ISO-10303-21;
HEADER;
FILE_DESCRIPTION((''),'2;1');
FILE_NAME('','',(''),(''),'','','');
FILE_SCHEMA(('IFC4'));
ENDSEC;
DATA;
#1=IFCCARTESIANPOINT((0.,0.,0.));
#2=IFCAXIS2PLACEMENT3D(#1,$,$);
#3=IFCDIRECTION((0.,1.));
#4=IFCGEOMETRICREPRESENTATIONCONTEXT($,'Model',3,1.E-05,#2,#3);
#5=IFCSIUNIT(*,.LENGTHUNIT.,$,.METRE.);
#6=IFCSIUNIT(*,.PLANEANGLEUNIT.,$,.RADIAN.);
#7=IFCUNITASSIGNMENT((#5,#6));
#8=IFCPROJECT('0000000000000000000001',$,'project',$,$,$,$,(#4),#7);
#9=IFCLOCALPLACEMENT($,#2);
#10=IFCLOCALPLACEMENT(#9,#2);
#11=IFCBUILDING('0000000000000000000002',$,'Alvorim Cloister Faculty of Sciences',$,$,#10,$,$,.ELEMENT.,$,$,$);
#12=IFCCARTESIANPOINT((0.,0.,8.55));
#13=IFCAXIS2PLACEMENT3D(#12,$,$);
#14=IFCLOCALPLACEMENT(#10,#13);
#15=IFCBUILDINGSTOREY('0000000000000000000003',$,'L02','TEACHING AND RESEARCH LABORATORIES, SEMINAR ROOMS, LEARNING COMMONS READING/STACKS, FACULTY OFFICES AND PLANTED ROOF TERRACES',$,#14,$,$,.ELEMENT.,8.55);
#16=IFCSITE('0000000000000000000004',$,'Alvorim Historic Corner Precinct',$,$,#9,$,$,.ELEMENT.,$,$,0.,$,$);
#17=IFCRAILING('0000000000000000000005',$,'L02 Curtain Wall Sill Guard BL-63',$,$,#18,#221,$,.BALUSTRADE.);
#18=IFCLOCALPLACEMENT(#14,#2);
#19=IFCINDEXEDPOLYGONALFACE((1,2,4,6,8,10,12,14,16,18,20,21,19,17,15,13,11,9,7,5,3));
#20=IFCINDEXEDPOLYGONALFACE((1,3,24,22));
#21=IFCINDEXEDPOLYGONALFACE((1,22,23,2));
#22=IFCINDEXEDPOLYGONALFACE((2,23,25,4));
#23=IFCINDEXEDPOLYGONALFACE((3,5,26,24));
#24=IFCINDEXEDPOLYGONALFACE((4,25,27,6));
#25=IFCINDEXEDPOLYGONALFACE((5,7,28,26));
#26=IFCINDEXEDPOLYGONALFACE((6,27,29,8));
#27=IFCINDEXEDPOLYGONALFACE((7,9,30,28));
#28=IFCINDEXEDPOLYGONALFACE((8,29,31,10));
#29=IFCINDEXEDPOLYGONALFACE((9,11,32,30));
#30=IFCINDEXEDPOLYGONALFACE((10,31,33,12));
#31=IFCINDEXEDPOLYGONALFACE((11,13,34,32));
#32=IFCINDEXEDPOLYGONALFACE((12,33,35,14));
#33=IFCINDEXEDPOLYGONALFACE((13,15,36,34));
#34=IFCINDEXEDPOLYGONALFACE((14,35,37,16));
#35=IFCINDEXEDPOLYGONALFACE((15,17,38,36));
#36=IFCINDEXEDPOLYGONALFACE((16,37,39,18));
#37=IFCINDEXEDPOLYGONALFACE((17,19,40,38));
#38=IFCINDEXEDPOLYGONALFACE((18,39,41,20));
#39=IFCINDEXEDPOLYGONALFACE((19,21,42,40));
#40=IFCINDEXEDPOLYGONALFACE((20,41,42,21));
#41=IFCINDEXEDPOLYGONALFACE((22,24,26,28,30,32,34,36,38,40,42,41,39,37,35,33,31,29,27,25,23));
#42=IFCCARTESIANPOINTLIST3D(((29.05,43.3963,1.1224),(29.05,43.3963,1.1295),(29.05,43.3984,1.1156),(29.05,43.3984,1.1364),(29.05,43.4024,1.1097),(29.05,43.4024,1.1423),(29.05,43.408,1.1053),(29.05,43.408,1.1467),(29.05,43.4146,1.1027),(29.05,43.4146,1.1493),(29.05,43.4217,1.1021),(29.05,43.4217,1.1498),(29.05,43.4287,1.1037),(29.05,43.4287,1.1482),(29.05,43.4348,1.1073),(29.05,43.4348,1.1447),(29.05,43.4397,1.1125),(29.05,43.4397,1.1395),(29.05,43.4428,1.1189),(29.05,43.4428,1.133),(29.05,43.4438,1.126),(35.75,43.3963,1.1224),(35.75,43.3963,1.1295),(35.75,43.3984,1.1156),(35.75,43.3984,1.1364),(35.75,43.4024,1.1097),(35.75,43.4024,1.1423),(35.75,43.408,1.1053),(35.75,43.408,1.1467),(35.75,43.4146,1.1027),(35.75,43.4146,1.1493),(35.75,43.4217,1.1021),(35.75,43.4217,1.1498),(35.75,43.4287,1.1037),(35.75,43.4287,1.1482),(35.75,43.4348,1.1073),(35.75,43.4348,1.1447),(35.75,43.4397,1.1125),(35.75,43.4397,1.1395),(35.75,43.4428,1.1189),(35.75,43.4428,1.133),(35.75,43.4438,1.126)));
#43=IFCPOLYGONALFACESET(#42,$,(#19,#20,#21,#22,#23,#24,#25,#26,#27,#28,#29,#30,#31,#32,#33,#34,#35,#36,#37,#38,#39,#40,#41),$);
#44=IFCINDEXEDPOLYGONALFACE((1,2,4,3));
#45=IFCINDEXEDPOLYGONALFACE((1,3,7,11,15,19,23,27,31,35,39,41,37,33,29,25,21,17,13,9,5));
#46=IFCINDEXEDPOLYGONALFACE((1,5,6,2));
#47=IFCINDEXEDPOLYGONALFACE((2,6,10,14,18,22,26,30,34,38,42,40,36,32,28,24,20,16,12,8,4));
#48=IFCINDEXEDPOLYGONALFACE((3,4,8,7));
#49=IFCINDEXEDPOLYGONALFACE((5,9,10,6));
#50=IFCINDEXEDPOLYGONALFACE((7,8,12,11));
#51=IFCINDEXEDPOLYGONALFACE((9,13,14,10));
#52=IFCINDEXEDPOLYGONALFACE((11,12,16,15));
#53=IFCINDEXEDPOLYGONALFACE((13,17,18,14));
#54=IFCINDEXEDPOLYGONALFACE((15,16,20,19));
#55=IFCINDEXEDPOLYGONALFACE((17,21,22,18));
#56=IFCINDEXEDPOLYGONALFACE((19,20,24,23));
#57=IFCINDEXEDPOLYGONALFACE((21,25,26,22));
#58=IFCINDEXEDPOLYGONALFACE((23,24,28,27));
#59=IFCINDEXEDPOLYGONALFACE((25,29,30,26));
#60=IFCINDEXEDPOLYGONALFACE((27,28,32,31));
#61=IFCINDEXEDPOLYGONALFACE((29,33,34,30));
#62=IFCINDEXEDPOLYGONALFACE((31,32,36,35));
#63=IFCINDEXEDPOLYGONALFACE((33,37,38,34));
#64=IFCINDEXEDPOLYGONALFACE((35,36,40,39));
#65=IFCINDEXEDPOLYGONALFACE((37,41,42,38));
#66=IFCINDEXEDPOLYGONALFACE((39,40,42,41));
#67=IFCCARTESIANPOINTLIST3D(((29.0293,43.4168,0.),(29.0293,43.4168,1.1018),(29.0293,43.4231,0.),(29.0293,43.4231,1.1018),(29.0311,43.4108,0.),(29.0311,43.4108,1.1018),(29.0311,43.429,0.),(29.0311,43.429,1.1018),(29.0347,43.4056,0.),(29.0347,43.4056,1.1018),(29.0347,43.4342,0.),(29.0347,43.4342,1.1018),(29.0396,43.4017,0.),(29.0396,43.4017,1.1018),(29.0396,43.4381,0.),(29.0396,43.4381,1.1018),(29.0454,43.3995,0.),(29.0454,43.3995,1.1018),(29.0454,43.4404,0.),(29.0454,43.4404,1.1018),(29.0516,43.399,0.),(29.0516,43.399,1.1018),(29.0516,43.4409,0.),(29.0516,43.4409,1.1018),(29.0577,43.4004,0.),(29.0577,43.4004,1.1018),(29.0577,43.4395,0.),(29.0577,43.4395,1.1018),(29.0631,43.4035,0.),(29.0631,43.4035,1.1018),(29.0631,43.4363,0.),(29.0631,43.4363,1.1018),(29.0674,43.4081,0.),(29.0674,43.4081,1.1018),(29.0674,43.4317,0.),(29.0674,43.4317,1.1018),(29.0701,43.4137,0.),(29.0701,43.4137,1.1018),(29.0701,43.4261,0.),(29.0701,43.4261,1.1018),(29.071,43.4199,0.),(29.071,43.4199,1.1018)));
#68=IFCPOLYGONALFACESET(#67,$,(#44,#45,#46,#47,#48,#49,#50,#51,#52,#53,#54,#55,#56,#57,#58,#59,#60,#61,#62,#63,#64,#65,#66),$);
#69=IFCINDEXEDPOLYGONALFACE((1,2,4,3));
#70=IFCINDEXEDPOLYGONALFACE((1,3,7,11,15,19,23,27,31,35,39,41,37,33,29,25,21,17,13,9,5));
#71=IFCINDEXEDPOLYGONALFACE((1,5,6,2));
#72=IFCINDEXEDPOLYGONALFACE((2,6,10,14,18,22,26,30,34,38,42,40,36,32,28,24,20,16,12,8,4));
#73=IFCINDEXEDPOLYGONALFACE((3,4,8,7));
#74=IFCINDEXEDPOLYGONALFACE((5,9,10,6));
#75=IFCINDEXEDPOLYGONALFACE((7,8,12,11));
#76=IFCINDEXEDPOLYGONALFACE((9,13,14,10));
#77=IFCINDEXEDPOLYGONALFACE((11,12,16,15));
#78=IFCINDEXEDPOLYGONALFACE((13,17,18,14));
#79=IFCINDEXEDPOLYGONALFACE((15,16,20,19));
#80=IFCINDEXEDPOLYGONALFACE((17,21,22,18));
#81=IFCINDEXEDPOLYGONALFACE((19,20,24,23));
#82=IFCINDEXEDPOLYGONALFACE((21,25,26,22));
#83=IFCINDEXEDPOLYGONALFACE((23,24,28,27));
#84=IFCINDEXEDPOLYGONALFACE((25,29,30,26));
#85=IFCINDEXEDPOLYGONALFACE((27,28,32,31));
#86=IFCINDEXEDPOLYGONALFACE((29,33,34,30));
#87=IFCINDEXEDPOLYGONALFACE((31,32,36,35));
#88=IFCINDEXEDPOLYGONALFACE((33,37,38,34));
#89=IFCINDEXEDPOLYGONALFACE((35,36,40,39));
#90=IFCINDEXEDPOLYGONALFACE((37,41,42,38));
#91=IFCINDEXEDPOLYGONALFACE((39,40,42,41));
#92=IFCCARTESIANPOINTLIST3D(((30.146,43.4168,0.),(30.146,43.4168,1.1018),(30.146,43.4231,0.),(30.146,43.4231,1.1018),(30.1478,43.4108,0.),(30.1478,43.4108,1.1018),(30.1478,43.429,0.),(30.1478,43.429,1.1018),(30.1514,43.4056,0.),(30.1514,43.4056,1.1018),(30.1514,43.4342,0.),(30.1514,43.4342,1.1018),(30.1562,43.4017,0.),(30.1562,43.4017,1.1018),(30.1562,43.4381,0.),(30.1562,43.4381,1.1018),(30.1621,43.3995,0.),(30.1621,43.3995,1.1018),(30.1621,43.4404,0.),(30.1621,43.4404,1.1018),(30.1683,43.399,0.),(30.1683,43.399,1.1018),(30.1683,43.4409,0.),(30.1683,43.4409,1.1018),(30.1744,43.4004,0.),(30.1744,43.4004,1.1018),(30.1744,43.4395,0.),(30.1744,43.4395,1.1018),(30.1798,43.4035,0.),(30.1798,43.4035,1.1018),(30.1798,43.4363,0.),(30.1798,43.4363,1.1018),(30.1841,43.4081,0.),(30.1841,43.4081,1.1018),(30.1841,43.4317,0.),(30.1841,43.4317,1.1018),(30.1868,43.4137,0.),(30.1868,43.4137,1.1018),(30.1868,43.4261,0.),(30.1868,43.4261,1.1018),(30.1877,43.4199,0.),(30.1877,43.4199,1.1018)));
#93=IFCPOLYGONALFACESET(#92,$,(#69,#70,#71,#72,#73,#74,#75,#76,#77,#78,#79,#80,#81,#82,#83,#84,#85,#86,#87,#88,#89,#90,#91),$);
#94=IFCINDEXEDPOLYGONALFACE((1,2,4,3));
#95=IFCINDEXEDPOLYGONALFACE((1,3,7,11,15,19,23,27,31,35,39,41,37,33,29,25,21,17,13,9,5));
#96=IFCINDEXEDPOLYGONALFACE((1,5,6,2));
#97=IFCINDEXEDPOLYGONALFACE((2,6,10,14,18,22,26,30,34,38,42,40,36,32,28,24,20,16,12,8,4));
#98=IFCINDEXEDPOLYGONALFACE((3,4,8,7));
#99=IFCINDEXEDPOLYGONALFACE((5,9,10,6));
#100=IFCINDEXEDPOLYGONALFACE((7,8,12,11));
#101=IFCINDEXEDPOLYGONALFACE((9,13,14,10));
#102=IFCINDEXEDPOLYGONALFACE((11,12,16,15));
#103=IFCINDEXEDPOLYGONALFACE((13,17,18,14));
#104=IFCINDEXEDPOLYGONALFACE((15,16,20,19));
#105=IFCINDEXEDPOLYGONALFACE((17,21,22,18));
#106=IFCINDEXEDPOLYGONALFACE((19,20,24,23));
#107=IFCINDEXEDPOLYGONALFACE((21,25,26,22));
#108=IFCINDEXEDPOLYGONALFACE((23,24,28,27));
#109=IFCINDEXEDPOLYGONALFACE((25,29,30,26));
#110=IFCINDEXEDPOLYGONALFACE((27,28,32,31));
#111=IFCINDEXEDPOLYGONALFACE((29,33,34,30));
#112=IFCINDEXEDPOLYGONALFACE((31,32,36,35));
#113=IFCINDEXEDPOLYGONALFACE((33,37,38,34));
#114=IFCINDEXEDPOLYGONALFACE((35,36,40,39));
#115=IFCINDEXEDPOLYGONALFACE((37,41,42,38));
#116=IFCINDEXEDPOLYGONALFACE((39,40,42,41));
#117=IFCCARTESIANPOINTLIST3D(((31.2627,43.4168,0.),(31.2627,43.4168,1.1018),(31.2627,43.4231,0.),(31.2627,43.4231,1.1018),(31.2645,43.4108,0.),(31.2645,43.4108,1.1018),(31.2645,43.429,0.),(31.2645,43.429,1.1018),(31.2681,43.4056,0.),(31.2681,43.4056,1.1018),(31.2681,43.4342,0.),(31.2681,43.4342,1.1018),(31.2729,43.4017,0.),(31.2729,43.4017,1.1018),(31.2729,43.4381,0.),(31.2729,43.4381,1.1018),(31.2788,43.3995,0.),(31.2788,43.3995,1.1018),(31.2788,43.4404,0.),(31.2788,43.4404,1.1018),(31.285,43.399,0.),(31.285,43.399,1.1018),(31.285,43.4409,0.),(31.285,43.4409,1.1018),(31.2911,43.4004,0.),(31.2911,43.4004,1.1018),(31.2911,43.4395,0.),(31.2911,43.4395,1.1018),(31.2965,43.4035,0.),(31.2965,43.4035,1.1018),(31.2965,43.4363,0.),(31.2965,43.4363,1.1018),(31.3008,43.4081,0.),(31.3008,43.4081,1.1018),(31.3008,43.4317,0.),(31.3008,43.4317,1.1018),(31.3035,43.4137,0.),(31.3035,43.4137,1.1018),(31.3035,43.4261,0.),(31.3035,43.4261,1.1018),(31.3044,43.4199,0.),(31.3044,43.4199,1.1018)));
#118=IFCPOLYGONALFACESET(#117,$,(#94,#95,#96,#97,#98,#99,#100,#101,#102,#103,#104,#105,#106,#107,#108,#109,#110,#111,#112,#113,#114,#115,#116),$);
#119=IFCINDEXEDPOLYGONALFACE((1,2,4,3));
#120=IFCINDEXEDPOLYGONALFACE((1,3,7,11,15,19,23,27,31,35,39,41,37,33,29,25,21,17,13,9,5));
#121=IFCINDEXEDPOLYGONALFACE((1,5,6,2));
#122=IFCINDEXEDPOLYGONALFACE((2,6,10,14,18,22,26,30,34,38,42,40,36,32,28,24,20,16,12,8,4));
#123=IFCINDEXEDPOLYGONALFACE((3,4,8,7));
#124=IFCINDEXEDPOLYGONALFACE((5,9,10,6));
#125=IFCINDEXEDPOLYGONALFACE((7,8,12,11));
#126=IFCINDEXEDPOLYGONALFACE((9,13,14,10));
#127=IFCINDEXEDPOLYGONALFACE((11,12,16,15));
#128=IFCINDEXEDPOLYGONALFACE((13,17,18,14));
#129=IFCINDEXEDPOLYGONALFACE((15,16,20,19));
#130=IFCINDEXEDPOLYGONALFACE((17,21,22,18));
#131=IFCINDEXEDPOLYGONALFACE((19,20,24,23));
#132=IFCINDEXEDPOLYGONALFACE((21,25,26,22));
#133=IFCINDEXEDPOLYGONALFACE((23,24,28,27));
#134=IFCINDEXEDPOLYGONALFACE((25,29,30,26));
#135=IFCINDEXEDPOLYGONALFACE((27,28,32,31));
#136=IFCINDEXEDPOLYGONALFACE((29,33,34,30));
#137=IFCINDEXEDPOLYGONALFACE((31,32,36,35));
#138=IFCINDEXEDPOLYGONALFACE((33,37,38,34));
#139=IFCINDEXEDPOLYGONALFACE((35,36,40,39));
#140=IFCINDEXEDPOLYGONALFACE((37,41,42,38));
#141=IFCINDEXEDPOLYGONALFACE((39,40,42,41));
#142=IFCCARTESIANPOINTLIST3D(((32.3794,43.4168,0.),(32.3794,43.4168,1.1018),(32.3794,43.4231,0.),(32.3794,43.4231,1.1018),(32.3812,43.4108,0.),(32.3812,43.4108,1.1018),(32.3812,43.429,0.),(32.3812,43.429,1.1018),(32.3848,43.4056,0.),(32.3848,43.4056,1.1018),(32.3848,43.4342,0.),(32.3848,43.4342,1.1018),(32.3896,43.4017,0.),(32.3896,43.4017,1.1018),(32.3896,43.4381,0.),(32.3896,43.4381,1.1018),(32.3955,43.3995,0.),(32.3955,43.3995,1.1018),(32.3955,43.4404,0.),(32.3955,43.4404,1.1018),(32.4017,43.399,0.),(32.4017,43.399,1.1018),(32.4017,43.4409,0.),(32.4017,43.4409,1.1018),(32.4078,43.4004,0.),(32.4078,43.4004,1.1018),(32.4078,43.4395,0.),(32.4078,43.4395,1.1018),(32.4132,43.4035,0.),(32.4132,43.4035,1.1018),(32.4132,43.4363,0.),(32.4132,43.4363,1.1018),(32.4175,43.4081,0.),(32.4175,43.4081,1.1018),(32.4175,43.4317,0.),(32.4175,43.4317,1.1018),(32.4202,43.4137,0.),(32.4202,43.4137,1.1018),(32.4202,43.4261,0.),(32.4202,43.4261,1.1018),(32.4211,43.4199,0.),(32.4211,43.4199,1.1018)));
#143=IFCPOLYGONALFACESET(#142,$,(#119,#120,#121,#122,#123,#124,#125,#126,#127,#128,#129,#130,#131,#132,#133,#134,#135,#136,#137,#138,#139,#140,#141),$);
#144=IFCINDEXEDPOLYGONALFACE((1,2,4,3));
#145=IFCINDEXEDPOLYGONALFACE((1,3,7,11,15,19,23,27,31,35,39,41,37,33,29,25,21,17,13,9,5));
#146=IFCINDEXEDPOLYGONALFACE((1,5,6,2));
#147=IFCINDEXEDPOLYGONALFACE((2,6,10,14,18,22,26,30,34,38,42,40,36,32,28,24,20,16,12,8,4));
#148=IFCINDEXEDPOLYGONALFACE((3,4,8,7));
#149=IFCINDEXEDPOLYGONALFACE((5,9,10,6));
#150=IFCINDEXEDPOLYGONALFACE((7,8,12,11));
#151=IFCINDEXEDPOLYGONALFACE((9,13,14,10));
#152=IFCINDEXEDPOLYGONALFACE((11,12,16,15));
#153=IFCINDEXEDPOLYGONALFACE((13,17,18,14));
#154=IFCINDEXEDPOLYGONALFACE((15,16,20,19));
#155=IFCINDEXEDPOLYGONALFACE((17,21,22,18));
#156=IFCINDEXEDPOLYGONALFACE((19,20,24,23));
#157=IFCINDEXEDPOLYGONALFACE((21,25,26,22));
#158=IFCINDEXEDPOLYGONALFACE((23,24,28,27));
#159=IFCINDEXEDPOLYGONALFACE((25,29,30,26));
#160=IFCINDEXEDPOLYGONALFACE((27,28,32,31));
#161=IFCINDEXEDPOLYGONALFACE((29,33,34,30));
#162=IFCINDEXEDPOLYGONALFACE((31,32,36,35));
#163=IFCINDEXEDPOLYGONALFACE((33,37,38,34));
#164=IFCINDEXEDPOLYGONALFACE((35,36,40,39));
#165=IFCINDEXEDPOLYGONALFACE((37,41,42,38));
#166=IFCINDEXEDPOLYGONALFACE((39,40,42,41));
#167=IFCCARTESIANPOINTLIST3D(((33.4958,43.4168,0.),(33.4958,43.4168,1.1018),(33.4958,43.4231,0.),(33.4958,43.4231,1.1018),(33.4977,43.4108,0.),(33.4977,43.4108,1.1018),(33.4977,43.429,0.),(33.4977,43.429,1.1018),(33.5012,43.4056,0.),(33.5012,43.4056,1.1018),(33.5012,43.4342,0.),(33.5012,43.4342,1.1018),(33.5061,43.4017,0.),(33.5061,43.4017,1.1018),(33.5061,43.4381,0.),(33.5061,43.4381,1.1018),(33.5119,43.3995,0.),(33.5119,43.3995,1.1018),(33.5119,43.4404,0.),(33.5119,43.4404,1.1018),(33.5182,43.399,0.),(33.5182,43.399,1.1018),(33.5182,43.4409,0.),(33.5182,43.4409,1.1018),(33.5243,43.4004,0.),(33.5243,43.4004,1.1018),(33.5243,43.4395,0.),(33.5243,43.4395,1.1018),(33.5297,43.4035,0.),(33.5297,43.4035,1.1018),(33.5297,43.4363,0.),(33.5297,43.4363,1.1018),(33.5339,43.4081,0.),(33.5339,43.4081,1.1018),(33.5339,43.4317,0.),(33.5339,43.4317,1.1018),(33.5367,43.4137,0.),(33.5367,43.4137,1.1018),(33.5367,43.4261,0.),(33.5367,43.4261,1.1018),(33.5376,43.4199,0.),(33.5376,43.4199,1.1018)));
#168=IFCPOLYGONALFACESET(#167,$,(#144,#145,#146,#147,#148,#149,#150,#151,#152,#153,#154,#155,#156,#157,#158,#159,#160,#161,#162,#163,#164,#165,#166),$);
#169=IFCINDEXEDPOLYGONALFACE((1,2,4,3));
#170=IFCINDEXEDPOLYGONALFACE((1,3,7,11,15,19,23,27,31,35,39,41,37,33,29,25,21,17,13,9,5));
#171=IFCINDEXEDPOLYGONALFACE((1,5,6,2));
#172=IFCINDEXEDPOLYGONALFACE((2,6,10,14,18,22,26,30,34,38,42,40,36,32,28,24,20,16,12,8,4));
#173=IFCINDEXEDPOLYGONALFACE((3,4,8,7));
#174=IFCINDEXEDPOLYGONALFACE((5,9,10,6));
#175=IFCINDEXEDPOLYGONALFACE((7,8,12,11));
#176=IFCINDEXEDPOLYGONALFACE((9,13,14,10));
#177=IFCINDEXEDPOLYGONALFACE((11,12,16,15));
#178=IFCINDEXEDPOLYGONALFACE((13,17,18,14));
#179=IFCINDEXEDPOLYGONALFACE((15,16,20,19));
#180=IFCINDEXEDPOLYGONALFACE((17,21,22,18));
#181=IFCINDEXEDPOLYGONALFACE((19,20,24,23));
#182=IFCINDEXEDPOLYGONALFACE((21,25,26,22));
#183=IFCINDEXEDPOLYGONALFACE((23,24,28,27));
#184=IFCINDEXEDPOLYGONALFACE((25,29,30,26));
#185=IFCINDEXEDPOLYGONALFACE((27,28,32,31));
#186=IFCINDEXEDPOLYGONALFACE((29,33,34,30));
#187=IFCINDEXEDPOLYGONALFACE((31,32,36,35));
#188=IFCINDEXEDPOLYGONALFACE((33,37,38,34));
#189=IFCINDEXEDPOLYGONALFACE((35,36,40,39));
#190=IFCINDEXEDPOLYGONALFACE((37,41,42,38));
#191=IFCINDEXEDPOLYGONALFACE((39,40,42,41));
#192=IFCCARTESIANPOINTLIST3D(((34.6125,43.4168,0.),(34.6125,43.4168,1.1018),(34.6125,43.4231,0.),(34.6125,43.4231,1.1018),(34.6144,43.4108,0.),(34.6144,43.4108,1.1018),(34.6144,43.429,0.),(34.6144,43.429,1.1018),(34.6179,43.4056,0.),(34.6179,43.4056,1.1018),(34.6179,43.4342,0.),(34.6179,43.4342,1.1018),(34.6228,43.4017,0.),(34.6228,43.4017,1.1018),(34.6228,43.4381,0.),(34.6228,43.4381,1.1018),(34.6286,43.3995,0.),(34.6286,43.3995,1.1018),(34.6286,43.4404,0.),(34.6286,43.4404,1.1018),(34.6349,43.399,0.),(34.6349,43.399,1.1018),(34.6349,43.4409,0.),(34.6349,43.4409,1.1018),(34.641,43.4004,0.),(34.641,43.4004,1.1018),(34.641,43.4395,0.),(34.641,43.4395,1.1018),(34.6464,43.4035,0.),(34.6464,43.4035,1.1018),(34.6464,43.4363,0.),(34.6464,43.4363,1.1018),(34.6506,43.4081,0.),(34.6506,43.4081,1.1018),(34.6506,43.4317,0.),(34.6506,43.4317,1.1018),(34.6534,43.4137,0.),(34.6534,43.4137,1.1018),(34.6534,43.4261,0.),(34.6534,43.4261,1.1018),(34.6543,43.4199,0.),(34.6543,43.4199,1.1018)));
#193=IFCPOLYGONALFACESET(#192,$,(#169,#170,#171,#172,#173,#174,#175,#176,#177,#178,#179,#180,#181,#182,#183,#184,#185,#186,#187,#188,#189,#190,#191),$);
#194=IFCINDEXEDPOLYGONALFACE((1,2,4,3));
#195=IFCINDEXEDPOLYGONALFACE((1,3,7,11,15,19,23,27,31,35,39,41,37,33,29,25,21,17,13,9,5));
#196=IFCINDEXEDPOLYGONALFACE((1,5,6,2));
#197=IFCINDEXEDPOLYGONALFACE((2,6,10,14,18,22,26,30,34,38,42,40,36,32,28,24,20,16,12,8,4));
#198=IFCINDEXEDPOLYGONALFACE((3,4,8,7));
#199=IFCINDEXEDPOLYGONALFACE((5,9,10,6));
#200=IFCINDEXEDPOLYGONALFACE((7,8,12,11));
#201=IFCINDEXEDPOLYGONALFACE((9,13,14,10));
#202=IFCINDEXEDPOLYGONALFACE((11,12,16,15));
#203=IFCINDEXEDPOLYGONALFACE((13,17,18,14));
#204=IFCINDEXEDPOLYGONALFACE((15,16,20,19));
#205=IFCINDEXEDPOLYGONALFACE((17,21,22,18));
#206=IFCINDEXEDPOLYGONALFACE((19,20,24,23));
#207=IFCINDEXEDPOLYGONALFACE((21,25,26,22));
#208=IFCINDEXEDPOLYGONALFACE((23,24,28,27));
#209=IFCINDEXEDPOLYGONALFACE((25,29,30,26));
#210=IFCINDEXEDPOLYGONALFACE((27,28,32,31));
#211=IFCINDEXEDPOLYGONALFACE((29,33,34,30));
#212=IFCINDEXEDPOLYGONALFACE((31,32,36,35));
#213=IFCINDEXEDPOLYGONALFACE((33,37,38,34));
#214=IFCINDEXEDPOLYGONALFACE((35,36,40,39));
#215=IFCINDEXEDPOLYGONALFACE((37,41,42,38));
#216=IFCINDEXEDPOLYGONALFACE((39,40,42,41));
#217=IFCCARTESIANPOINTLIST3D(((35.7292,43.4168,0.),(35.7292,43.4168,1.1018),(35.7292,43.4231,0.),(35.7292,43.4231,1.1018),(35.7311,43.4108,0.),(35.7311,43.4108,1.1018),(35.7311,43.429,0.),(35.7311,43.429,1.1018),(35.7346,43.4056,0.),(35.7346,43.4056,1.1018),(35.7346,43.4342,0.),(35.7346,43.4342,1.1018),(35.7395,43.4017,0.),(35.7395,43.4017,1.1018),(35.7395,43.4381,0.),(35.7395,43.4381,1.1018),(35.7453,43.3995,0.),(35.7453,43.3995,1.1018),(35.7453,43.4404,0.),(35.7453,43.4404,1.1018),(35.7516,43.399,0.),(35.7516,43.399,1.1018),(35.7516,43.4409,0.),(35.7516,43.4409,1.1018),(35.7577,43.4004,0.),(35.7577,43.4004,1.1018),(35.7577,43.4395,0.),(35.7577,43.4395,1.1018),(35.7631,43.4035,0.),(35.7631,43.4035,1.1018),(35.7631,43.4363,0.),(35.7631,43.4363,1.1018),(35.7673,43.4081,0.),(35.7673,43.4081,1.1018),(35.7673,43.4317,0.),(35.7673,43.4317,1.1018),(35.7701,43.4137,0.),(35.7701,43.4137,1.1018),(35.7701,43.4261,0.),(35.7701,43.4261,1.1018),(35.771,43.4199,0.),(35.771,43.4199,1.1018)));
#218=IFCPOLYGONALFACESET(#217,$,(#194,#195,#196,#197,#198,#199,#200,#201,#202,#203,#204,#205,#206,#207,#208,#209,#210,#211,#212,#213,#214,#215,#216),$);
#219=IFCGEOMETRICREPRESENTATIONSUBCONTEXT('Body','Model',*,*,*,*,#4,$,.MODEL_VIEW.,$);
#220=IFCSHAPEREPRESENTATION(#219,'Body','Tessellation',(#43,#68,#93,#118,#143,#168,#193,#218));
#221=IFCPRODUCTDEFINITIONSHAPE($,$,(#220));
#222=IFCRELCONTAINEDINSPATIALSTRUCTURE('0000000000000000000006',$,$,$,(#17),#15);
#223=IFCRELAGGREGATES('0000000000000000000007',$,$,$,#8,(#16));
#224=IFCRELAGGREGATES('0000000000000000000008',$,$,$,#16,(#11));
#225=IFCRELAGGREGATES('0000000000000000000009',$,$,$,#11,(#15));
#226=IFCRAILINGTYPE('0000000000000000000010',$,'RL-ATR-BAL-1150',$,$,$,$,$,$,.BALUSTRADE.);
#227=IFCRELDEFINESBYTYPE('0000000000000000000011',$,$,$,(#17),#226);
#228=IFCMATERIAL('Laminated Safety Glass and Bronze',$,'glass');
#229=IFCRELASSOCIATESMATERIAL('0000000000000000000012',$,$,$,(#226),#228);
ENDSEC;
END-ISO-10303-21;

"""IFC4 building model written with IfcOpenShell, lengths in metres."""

from ifc_helpers import new_model, si_unit, direction, frame, origin, origin_2d, place, context, subcontext, project, spatial, circle, extrude, material, type_object, element, save


model = new_model("IFC4")

# Units and contexts
model_context = context("Model", 3, precision=1e-05, world=origin(), true_north=direction((0.0, 1.0)))
body_context = subcontext(model_context, "Body", "Model", "MODEL_VIEW")
ifc_project = project(units=[si_unit("LENGTHUNIT", "METRE"), si_unit("PLANEANGLEUNIT", "RADIAN")], contexts=[model_context])

# Site, building, storey
site_placement = place(None, origin())
site = spatial("IfcSite", under=ifc_project, at=site_placement, Name="Alvorim Historic Corner Precinct", CompositionType="ELEMENT", RefElevation=0.0)
building_placement = place(site_placement, origin())
building = spatial("IfcBuilding", under=site, at=building_placement, Name="Alvorim Cloister Faculty of Sciences", CompositionType="ELEMENT")
storey_placement = place(building_placement, frame((0.0, 0.0, 8.55)))
storey = spatial("IfcBuildingStorey", under=building, at=storey_placement, Name="L02", Description="TEACHING AND RESEARCH LABORATORIES, SEMINAR ROOMS, LEARNING COMMONS READING/STACKS, FACULTY OFFICES AND PLANTED ROOF TERRACES", CompositionType="ELEMENT", Elevation=8.55)

# Railing
ifc_material_1 = material(Name="Laminated Safety Glass and Bronze", Category="glass")
railing_type = type_object("IfcRailingType", Name="RL-ATR-BAL-1150", PredefinedType="BALUSTRADE", material=ifc_material_1)
railing_placement = place(storey_placement, frame((29.05, 43.4199, 0.0)))
element("IfcRailing", 1, at=railing_placement, inside=storey, type_object=railing_type, Name="L02 Curtain Wall Sill Guard BL-63", PredefinedType="BALUSTRADE", context=body_context, shape_type="SweptSolid", body=[
    extrude(circle(Radius=0.0239, at=origin_2d()), frame((0.0, 0.0, 1.126), z_axis=(1.0, 0.0, 0.0), x_axis=(0.0, 1.0, 0.0)), (0.0, 0.0, 1.0), 6.7),
    extrude(circle(Radius=0.021, at=origin_2d()), origin(), (0.0, 0.0, 1.0), 1.1018),
    extrude(circle(Radius=0.021, at=origin_2d()), frame((1.1167, 0.0, 0.0)), (0.0, 0.0, 1.0), 1.1018),
    extrude(circle(Radius=0.021, at=origin_2d()), frame((2.2334, 0.0, 0.0)), (0.0, 0.0, 1.0), 1.1018),
    extrude(circle(Radius=0.021, at=origin_2d()), frame((3.3501, 0.0, 0.0)), (0.0, 0.0, 1.0), 1.1018),
    extrude(circle(Radius=0.021, at=origin_2d()), frame((4.4666, 0.0, 0.0)), (0.0, 0.0, 1.0), 1.1018),
    extrude(circle(Radius=0.021, at=origin_2d()), frame((5.5833, 0.0, 0.0)), (0.0, 0.0, 1.0), 1.1018),
    extrude(circle(Radius=0.021, at=origin_2d()), frame((6.7, 0.0, 0.0)), (0.0, 0.0, 1.0), 1.1018),
])

save(model, "model.ifc")
